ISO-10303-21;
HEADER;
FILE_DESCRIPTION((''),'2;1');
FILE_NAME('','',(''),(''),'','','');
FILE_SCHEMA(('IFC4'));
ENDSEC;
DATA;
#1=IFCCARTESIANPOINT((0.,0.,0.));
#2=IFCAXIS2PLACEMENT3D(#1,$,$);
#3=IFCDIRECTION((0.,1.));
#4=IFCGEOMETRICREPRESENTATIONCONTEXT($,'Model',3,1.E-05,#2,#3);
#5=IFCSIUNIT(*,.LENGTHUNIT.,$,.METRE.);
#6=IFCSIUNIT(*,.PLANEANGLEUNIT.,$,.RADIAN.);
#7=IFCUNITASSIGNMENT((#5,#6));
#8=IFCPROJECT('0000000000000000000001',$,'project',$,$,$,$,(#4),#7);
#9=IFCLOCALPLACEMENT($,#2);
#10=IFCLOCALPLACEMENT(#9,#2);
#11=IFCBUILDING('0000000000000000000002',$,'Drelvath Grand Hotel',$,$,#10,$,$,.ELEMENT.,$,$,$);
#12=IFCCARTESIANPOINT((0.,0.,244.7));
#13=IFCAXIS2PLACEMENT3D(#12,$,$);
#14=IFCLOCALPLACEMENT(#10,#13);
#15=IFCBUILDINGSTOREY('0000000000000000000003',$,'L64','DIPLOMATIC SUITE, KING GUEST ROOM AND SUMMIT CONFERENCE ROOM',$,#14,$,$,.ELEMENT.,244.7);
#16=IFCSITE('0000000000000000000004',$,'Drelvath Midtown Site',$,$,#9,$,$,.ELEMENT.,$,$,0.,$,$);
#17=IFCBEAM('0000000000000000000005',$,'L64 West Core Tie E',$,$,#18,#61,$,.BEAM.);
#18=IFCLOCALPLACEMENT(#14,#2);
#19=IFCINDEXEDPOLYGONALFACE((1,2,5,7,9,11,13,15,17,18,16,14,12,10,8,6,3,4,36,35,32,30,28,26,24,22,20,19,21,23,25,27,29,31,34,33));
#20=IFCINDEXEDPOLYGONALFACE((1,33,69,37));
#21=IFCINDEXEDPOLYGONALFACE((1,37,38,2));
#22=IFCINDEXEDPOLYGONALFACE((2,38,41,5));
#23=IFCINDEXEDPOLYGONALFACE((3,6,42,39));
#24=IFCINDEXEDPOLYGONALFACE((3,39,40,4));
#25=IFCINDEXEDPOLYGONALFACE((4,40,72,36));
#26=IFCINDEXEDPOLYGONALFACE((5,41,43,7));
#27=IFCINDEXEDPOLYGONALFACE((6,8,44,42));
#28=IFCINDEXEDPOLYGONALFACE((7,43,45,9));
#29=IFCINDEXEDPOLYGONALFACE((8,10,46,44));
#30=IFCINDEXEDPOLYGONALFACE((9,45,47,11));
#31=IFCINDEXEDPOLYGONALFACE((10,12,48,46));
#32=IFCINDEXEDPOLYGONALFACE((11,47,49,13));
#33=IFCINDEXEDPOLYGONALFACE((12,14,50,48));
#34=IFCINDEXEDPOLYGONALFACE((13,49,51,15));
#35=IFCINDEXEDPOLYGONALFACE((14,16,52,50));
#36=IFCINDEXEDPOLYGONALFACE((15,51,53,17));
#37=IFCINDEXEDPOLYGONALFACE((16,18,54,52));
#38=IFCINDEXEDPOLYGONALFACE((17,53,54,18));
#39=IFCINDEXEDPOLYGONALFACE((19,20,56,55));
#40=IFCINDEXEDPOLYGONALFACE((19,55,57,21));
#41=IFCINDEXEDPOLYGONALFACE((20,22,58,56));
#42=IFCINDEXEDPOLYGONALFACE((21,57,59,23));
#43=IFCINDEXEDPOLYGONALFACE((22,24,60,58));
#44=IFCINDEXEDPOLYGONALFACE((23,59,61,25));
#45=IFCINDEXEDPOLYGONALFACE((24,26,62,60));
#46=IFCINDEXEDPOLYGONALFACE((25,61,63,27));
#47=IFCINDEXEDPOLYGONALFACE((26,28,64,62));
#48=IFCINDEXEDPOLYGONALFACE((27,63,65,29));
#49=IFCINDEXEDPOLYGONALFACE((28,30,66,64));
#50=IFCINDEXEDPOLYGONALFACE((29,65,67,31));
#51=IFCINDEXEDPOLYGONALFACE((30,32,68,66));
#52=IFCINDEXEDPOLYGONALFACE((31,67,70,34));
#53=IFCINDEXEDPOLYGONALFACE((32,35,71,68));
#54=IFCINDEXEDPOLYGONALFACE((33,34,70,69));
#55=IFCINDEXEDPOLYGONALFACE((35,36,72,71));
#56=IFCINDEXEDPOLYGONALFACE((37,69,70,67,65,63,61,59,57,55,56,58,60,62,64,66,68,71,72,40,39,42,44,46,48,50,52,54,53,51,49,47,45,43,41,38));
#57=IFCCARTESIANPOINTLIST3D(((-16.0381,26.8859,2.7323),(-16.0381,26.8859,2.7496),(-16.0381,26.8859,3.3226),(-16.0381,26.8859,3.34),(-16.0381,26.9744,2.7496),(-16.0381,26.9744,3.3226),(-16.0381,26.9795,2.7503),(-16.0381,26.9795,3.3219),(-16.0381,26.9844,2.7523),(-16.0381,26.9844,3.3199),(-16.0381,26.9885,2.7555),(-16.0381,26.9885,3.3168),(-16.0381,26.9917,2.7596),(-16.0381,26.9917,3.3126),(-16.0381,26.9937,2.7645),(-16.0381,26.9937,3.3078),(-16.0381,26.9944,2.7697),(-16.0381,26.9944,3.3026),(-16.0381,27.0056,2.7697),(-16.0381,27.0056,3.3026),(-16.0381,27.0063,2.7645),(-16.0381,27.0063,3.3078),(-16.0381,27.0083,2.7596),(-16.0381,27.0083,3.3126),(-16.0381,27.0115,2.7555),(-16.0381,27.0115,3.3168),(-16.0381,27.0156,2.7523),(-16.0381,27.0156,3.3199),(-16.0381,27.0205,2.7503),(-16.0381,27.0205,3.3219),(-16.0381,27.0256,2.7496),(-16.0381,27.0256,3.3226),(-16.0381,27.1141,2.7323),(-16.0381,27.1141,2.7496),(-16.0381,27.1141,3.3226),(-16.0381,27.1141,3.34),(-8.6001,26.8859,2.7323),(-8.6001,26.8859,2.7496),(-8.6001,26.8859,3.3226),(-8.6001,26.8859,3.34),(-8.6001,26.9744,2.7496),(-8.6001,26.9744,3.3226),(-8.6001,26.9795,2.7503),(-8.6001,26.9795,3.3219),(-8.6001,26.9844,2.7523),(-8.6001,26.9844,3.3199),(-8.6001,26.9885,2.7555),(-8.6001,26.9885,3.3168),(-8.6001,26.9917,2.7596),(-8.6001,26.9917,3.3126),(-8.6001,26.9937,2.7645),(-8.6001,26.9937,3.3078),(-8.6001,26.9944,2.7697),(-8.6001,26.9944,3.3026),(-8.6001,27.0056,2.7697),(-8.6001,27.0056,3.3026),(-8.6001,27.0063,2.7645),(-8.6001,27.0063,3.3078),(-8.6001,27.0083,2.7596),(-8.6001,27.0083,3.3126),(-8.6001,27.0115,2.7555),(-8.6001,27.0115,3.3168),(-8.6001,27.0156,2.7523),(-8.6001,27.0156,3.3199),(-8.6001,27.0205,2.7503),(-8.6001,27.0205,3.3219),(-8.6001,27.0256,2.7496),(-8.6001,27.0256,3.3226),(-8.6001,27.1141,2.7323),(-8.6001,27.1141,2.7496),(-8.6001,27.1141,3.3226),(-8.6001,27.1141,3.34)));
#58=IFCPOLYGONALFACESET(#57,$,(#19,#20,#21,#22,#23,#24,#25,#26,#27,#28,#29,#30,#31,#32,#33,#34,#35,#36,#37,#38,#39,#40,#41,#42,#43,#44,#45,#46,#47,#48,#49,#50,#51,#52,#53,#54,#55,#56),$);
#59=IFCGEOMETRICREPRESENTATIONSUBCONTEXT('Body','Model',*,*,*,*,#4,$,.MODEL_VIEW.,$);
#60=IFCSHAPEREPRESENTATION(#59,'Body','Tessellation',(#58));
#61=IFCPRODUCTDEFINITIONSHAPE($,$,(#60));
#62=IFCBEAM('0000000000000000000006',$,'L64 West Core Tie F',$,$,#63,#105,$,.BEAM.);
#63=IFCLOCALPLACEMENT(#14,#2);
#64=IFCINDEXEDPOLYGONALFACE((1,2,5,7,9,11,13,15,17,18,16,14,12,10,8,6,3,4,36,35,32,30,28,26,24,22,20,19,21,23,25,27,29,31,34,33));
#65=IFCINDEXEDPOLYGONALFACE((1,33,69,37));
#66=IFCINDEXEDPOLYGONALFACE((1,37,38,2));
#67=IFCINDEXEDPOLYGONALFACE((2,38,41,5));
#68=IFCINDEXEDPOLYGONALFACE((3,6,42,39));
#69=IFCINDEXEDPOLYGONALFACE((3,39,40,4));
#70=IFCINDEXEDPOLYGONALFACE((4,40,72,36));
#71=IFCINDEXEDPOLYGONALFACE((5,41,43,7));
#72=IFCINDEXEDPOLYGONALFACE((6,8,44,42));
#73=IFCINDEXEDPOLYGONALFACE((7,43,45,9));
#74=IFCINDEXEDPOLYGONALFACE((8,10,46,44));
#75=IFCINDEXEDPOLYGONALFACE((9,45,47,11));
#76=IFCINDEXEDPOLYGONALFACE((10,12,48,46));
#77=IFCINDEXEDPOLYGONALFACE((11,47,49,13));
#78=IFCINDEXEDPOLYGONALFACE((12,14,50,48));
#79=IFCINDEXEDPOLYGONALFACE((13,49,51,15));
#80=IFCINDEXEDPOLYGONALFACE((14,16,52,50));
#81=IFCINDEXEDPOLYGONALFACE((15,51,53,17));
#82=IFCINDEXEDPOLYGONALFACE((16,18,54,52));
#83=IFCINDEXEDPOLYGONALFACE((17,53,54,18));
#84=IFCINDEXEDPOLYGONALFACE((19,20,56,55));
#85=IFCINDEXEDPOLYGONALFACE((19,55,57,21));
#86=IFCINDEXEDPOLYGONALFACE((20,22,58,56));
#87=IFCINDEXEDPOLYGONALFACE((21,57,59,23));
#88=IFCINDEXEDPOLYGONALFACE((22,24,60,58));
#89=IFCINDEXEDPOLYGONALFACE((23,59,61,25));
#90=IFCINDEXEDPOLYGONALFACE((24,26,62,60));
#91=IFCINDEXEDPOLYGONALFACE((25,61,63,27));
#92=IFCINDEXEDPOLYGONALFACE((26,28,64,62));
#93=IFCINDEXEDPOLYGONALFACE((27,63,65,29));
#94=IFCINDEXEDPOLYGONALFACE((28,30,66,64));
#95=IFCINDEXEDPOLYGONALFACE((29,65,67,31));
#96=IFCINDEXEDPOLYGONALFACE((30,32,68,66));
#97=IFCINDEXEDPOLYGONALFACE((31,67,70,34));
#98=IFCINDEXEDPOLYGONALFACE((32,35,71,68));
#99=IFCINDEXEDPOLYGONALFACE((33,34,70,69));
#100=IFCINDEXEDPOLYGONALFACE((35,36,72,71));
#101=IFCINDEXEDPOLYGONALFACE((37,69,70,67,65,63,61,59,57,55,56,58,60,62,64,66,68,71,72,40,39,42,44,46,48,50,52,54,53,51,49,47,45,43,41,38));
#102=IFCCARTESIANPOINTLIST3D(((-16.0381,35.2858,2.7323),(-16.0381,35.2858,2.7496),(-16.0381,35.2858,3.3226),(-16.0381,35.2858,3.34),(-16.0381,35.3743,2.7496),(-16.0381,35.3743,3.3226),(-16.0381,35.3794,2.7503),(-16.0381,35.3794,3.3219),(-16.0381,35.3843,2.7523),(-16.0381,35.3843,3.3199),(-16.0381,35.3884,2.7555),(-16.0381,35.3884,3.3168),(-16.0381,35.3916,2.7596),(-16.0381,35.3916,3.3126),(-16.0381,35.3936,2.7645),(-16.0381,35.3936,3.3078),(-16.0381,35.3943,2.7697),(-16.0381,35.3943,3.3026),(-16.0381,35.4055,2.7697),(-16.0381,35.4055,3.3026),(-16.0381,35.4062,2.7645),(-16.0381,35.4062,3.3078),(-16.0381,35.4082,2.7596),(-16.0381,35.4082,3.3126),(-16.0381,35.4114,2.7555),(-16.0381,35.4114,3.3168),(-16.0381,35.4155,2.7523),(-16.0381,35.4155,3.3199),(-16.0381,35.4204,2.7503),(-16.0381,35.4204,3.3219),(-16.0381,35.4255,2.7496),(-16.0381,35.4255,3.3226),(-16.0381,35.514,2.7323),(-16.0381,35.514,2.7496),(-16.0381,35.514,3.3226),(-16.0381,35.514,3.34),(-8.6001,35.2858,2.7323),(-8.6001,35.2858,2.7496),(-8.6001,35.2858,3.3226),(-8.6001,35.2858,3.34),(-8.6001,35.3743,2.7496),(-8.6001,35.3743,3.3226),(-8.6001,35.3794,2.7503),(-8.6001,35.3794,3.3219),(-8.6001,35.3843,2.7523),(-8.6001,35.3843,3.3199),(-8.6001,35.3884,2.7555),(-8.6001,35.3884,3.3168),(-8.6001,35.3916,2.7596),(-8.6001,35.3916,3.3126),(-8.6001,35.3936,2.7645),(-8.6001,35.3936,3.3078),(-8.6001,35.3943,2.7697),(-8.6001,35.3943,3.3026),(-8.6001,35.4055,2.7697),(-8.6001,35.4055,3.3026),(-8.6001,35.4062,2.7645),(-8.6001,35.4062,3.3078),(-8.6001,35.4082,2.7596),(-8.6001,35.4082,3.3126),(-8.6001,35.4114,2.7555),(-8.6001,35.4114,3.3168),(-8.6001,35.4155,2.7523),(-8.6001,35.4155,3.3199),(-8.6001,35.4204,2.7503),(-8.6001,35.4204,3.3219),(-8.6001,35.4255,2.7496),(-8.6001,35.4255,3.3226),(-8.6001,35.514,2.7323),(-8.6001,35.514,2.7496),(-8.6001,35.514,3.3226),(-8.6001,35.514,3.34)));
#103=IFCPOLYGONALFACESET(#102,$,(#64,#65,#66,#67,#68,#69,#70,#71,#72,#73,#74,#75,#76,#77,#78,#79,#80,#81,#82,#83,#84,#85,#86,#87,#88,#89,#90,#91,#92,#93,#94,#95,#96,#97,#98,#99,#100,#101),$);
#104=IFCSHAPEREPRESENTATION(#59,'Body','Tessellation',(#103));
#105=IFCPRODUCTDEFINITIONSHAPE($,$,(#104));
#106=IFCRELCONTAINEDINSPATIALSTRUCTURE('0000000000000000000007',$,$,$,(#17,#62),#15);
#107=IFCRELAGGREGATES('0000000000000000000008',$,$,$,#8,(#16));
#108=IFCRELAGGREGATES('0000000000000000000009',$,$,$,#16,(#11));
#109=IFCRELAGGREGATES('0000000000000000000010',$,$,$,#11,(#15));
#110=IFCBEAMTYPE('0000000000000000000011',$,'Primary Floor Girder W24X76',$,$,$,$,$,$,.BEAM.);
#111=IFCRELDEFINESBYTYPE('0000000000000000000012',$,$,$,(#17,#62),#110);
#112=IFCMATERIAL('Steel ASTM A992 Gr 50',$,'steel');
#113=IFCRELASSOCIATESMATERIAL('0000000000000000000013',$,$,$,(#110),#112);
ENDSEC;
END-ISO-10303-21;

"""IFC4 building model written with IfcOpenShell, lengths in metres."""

from ifc_helpers import new_model, si_unit, direction, frame, origin, origin_2d, place, context, subcontext, project, spatial, i_section, extrude, material, material_profile, profile_set, type_object, element, save


model = new_model("IFC4")

# Units and contexts
model_context = context("Model", 3, precision=1e-05, world=origin(), true_north=direction((0.0, 1.0)))
body_context = subcontext(model_context, "Body", "Model", "MODEL_VIEW")
ifc_project = project(units=[si_unit("LENGTHUNIT", "METRE"), si_unit("PLANEANGLEUNIT", "RADIAN")], contexts=[model_context])

# Site, building, storey
site_placement = place(None, origin())
site = spatial("IfcSite", under=ifc_project, at=site_placement, Name="Drelvath Midtown Site", CompositionType="ELEMENT", RefElevation=0.0)
building_placement = place(site_placement, origin())
building = spatial("IfcBuilding", under=site, at=building_placement, Name="Drelvath Grand Hotel", CompositionType="ELEMENT")
storey_placement = place(building_placement, frame((0.0, 0.0, 244.7)))
storey = spatial("IfcBuildingStorey", under=building, at=storey_placement, Name="L64", Description="DIPLOMATIC SUITE, KING GUEST ROOM AND SUMMIT CONFERENCE ROOM", CompositionType="ELEMENT", Elevation=244.7)

# Beams
ifc_material_1 = material(Name="Steel ASTM A992 Gr 50", Category="steel")
ifc_material_profile = material_profile(ifc_material_1, i_section(OverallWidth=0.2283, OverallDepth=0.6077, WebThickness=0.0112, FlangeThickness=0.0173, FilletRadius=0.02, at=origin_2d()), Name="W24X76")
ifc_profile_set = profile_set([ifc_material_profile], Name="Steel ASTM A992 Gr 50")
beam_type = type_object("IfcBeamType", Name="Primary Floor Girder W24X76", PredefinedType="BEAM", material=ifc_profile_set)
for number, where, z_axis, x_axis, name in (
    (1, (-16.0381, 27.0, 3.0361), (1.0, 0.0, 0.0), (0.0, 1.0, 0.0), "L64 West Core Tie E"),
    (2, (-16.0381, 35.3999, 3.0361), (1.0, 0.0, 0.0), (0.0, 1.0, 0.0), "L64 West Core Tie F"),
):
    element("IfcBeam", number, at=place(storey_placement, frame(where, z_axis=z_axis, x_axis=x_axis)), inside=storey, type_object=beam_type, Name=name, PredefinedType="BEAM", context=body_context, shape_type="SweptSolid", body=[
        extrude(i_section(OverallWidth=0.2283, OverallDepth=0.6077, WebThickness=0.0112, FlangeThickness=0.0173, FilletRadius=0.02, at=origin_2d()), origin(), (0.0, 0.0, 1.0), 7.438),
    ])

save(model, "model.ifc")
